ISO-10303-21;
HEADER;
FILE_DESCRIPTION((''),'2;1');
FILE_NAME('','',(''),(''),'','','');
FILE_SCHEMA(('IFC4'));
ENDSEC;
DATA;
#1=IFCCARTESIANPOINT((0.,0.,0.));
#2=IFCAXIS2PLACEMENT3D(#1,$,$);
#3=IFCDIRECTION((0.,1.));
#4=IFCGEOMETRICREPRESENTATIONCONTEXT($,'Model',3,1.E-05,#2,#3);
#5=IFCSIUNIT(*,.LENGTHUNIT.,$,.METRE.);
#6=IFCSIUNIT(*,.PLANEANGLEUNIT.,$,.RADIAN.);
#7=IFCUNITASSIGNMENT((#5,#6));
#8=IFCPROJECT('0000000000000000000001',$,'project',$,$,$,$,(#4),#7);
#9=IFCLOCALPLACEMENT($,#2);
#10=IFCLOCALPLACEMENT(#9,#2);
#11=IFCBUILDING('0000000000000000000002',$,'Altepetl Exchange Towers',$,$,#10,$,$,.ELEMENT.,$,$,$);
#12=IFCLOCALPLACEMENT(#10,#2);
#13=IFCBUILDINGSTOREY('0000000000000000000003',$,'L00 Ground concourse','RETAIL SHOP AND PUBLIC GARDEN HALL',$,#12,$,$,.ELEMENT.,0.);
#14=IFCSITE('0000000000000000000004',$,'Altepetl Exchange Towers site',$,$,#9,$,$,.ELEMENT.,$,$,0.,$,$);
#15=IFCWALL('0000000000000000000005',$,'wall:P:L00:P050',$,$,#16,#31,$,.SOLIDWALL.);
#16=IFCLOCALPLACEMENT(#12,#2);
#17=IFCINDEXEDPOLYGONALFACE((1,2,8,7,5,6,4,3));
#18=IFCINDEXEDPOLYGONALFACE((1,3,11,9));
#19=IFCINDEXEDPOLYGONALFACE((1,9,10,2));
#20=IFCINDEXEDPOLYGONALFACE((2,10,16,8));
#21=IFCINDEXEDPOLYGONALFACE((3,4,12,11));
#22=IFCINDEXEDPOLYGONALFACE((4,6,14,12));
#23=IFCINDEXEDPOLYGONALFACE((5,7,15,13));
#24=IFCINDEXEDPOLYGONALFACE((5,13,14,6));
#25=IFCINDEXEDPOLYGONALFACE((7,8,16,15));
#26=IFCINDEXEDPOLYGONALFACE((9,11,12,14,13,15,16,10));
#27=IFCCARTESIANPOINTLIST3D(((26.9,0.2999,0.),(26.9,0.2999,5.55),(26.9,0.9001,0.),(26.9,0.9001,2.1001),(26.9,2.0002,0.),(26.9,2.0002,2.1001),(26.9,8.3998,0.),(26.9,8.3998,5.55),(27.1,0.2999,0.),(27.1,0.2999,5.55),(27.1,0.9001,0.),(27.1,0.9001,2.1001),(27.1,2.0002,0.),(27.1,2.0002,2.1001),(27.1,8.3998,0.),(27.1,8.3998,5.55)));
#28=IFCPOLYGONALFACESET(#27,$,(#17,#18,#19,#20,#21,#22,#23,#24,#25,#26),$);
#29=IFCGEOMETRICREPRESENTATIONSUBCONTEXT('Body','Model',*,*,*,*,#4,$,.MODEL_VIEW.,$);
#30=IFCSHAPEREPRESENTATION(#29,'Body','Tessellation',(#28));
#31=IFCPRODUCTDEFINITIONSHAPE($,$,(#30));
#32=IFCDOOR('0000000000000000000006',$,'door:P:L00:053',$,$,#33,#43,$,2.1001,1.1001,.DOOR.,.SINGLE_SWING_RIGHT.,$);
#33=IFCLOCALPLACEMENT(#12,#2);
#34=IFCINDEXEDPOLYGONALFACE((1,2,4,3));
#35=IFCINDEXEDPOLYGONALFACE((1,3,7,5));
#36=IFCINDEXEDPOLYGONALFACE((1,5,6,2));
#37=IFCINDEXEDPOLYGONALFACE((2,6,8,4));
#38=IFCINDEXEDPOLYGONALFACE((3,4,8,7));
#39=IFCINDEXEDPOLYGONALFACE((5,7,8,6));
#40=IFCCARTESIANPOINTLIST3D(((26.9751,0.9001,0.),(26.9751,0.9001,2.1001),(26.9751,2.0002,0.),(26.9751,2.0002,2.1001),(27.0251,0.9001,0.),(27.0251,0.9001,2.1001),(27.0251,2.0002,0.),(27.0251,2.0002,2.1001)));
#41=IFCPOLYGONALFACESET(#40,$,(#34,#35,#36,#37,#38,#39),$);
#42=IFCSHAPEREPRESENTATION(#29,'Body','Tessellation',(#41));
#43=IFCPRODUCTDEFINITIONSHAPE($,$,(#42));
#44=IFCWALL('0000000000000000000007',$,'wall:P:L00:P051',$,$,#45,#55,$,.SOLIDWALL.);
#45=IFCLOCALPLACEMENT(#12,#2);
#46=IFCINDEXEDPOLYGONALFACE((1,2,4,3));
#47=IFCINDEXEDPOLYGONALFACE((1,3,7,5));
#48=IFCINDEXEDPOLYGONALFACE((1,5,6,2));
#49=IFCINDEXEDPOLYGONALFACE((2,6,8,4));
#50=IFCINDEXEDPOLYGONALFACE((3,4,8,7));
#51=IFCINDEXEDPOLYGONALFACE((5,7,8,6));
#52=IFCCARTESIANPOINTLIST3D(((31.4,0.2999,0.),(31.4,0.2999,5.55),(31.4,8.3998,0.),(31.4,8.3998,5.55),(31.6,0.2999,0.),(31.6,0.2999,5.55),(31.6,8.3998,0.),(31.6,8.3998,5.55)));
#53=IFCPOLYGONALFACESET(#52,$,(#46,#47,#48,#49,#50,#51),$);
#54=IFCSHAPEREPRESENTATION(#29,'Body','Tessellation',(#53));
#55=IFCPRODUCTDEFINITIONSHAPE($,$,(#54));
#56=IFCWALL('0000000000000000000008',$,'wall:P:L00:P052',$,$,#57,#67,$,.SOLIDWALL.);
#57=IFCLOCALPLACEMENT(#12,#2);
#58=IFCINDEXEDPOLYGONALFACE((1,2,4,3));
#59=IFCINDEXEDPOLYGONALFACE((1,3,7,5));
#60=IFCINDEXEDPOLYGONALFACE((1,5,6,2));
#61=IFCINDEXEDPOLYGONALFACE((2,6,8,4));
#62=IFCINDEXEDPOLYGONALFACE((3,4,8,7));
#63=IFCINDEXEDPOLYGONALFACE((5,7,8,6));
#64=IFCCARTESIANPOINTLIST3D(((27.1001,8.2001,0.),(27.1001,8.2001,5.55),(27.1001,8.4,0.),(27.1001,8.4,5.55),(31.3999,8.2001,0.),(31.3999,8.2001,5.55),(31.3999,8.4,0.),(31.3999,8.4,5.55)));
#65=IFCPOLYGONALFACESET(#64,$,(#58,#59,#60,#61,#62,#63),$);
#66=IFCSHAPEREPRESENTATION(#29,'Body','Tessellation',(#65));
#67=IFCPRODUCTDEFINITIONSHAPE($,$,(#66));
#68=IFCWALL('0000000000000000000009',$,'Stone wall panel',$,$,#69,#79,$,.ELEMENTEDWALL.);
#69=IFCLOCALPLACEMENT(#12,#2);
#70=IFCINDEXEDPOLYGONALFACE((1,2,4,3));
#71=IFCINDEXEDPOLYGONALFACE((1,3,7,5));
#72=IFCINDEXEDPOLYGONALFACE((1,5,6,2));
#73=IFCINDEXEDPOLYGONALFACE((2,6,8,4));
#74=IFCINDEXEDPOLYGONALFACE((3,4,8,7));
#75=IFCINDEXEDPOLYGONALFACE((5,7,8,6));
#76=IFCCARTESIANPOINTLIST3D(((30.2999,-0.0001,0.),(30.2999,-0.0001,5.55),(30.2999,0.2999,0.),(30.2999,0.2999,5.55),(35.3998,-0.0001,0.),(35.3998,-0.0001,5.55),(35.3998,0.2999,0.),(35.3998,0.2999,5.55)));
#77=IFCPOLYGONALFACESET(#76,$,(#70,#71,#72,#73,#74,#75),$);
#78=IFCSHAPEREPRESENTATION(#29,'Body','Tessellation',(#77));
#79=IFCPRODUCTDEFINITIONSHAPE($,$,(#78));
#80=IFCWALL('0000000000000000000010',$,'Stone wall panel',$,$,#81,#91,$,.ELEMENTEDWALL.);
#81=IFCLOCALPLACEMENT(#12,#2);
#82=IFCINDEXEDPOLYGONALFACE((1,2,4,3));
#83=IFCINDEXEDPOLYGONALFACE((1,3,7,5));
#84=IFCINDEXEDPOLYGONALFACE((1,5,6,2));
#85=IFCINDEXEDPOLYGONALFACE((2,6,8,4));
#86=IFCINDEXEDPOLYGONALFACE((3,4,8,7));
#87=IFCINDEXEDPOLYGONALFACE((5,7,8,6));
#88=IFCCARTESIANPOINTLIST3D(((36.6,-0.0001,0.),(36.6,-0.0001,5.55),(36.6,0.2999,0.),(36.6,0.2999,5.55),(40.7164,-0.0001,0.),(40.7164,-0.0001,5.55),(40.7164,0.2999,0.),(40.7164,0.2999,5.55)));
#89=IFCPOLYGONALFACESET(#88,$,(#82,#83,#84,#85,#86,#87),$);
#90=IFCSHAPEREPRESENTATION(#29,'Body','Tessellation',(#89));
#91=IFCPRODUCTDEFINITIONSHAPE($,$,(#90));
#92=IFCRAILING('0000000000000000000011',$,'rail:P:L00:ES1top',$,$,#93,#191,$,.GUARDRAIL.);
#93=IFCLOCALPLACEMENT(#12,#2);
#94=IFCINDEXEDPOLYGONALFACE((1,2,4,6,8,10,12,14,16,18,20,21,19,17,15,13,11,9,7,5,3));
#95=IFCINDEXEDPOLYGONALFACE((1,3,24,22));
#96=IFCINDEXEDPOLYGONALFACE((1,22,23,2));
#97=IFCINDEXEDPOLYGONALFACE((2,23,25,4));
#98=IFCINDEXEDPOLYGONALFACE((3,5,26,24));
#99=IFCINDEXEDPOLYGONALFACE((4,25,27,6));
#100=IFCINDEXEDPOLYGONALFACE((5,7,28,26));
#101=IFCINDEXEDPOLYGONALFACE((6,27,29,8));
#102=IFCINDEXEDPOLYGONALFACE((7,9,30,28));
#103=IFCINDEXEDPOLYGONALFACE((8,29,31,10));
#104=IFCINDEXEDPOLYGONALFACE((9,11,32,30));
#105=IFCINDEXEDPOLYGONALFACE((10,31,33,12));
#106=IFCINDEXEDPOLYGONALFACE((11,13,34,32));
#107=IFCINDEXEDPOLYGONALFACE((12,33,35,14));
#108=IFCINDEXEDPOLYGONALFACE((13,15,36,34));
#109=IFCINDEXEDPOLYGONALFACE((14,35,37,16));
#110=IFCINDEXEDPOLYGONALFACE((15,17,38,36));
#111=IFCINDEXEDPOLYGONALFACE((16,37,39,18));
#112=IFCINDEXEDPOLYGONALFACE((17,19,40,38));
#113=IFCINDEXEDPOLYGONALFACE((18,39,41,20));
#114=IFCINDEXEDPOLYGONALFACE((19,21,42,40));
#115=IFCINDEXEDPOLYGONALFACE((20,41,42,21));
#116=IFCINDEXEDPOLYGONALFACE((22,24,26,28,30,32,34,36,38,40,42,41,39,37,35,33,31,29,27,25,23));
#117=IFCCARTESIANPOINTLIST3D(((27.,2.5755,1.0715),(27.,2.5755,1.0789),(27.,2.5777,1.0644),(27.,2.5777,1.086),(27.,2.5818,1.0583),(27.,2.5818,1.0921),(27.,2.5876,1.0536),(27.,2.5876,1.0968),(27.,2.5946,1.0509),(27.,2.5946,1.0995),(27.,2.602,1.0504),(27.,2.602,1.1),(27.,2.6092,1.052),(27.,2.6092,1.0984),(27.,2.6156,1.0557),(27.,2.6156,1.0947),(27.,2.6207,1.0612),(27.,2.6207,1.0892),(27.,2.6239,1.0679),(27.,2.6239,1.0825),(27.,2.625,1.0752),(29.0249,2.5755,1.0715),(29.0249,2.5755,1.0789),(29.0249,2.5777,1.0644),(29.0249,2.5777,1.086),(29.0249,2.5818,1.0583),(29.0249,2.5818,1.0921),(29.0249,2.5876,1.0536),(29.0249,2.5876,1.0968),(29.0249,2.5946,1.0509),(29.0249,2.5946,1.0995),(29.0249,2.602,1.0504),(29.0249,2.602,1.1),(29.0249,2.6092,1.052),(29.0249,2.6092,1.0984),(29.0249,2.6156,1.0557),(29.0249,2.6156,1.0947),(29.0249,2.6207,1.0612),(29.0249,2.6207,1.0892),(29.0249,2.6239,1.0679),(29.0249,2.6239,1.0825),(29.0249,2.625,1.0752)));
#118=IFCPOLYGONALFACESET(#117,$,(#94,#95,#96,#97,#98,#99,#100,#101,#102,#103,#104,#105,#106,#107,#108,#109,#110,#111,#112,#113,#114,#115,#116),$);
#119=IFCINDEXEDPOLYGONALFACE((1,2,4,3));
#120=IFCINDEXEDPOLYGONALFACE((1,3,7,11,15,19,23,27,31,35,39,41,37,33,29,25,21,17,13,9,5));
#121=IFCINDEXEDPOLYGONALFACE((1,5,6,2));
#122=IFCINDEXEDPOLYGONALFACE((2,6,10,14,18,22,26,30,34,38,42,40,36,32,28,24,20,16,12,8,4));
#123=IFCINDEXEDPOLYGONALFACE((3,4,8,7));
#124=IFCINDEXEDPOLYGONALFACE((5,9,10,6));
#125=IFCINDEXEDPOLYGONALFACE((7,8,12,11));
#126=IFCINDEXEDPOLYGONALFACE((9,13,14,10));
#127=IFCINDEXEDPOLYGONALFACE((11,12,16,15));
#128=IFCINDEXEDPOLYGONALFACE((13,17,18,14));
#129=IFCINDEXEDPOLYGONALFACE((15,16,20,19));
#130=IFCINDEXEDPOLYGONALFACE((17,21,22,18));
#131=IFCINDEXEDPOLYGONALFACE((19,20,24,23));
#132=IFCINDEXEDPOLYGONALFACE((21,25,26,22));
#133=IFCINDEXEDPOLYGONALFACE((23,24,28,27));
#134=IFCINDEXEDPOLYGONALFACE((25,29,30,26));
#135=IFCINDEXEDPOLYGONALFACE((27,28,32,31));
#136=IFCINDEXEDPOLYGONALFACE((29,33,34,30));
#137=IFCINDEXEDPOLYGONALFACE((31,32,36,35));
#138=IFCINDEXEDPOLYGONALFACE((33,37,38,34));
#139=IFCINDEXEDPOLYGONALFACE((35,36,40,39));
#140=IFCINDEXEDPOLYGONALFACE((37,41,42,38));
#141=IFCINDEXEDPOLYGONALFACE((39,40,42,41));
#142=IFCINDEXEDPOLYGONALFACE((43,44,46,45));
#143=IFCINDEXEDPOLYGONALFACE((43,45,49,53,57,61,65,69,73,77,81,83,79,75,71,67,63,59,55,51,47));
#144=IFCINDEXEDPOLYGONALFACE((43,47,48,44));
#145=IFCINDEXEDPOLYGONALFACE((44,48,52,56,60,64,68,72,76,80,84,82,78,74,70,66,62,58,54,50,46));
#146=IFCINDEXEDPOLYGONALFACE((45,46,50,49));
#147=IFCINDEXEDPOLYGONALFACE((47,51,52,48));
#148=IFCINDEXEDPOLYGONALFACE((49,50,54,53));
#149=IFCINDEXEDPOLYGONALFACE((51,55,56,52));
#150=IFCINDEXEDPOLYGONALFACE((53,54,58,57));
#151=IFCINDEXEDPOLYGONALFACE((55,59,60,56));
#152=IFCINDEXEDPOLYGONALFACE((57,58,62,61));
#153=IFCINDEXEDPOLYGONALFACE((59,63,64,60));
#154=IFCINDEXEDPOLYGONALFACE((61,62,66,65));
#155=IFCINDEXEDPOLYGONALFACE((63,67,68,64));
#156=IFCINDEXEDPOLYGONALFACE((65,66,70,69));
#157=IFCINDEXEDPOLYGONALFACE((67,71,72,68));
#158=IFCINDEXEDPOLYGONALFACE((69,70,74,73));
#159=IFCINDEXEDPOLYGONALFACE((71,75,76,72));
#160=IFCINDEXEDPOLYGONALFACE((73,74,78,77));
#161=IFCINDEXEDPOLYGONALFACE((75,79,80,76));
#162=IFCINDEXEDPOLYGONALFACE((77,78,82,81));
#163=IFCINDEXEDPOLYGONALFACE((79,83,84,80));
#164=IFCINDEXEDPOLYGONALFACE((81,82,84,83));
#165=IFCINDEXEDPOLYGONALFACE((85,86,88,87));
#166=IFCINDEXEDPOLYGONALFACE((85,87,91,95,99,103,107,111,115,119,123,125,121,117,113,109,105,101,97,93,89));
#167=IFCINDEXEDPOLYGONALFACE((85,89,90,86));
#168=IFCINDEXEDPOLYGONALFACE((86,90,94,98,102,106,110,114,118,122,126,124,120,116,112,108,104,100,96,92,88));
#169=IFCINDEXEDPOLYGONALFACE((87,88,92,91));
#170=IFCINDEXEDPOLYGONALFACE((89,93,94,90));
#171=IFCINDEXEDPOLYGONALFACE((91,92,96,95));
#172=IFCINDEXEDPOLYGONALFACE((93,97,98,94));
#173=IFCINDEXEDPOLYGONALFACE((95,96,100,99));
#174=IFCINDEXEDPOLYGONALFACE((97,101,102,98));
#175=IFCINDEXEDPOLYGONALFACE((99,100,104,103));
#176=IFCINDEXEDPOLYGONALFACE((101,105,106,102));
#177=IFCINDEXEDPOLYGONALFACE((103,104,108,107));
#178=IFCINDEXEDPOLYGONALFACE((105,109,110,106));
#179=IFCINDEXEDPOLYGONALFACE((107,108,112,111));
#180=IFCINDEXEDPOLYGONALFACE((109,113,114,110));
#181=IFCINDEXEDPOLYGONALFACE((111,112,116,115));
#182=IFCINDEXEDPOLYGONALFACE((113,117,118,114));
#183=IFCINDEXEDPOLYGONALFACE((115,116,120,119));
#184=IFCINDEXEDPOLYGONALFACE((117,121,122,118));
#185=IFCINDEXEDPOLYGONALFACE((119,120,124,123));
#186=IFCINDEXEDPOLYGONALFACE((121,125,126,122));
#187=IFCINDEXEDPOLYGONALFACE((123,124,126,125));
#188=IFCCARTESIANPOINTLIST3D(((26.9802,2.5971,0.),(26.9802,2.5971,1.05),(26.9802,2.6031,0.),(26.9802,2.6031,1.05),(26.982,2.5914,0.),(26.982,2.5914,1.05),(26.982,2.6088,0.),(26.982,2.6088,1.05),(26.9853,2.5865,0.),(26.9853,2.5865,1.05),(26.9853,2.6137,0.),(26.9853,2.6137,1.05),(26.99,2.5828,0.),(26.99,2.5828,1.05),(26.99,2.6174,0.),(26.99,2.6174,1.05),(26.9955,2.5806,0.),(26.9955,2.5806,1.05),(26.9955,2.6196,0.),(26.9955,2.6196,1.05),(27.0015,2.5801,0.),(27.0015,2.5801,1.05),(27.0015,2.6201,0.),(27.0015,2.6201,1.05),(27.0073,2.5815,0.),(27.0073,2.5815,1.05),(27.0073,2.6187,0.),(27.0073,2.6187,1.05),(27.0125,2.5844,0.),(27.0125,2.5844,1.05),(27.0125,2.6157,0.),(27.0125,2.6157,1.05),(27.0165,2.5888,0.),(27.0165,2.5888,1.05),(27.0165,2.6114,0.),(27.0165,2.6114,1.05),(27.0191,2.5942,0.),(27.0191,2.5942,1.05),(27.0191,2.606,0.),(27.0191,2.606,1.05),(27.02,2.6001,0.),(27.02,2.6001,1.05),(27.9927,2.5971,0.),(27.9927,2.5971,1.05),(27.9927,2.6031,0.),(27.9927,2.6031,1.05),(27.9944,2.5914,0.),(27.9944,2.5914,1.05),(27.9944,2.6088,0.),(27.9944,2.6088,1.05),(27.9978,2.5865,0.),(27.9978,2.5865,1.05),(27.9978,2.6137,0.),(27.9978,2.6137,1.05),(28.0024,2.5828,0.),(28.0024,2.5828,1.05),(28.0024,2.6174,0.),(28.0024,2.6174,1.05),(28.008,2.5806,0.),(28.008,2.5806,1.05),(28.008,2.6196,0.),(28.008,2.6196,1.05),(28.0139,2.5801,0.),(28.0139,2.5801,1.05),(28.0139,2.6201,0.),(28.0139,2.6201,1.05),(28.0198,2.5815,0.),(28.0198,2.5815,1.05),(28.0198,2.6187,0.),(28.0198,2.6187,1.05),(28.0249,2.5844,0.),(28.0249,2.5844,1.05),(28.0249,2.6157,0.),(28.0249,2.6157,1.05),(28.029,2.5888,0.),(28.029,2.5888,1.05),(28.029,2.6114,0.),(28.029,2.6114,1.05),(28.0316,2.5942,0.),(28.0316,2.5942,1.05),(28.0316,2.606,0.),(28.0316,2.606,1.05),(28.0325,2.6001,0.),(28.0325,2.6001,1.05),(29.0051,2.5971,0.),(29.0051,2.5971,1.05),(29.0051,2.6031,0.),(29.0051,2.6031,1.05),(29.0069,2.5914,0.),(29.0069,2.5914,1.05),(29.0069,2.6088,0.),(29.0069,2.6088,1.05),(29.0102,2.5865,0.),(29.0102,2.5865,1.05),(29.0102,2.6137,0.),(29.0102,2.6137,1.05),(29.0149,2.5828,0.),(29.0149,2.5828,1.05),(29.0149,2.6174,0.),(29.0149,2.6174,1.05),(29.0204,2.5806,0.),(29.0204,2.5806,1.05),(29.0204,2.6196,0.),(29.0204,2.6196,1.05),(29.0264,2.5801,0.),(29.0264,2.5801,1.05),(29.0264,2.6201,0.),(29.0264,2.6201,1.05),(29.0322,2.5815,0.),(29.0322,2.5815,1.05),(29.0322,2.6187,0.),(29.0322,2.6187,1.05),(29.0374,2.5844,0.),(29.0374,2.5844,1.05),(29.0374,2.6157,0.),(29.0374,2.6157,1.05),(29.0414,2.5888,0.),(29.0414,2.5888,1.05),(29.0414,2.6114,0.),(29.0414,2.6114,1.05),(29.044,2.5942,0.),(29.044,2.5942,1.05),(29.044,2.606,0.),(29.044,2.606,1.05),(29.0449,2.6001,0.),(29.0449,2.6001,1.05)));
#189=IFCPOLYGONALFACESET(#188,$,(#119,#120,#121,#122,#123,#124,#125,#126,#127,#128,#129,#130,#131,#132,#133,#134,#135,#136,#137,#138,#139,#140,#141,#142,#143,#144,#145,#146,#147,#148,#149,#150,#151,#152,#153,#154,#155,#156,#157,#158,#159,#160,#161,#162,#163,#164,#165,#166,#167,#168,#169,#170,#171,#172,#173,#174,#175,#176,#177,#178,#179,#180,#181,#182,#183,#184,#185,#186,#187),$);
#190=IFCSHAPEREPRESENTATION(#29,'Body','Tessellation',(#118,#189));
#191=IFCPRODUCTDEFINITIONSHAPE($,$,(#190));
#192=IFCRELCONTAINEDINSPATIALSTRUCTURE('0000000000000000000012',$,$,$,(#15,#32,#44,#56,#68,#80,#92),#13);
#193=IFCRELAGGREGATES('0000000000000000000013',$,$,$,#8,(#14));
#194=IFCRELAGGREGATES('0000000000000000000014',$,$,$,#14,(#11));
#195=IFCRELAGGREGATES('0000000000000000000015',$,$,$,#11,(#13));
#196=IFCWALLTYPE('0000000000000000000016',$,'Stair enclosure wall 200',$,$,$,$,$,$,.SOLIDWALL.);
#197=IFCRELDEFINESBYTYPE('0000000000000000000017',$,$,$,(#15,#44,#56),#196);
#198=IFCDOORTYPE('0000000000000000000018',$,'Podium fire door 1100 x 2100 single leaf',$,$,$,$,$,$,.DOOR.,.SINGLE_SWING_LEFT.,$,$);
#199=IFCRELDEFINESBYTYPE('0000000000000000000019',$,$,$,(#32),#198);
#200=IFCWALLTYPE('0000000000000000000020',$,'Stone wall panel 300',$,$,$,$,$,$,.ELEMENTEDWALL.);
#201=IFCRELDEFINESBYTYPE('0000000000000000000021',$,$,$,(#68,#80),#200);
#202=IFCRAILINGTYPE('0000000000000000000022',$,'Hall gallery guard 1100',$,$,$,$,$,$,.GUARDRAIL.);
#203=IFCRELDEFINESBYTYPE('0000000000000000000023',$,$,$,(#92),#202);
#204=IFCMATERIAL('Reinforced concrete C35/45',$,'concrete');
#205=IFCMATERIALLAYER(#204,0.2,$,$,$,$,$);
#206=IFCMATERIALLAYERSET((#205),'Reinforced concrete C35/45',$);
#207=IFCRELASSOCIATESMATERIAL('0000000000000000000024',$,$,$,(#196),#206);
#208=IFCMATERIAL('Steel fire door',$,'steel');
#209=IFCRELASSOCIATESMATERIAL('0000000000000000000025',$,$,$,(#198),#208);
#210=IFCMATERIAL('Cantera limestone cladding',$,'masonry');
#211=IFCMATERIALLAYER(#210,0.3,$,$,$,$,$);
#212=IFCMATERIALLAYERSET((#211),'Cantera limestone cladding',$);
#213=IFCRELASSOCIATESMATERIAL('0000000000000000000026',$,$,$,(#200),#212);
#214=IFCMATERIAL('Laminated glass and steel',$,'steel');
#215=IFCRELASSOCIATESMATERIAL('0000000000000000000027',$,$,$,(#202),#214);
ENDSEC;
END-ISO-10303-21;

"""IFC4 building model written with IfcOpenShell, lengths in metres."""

from ifc_helpers import new_model, si_unit, direction, frame, frame_2d, origin, origin_2d, place, context, subcontext, project, spatial, rectangle, circle, extrude, source, transform, mapped, material, layer, layer_set, type_object, element, fill, save


model = new_model("IFC4")

# Units and contexts
model_context = context("Model", 3, precision=1e-05, world=origin(), true_north=direction((0.0, 1.0)))
body_context = subcontext(model_context, "Body", "Model", "MODEL_VIEW")
ifc_project = project(units=[si_unit("LENGTHUNIT", "METRE"), si_unit("PLANEANGLEUNIT", "RADIAN")], contexts=[model_context])

# Site, building, storey
site_placement = place(None, origin())
site = spatial("IfcSite", under=ifc_project, at=site_placement, Name="Altepetl Exchange Towers site", CompositionType="ELEMENT", RefElevation=0.0)
building_placement = place(site_placement, origin())
building = spatial("IfcBuilding", under=site, at=building_placement, Name="Altepetl Exchange Towers", CompositionType="ELEMENT")
storey_placement = place(building_placement, origin())
storey = spatial("IfcBuildingStorey", under=building, at=storey_placement, Name="L00 Ground concourse", Description="RETAIL SHOP AND PUBLIC GARDEN HALL", CompositionType="ELEMENT", Elevation=0.0)

# Wall, opening, door
ifc_material_1 = material(Name="Reinforced concrete C35/45", Category="concrete")
ifc_layer_1 = layer(ifc_material_1, 0.2)
ifc_layer_set_1 = layer_set([ifc_layer_1], Name="Reinforced concrete C35/45")
wall_type_1 = type_object("IfcWallType", Name="Stair enclosure wall 200", PredefinedType="SOLIDWALL", material=ifc_layer_set_1)
wall_1_placement = place(storey_placement, frame((27.0, 0.3, 0.0), z_axis=(0.0, 0.0, 1.0), x_axis=(0.0, 1.0, 0.0)))
wall_1 = element("IfcWall", 1, at=wall_1_placement, inside=storey, type_object=wall_type_1, Name="wall:P:L00:P050", PredefinedType="SOLIDWALL", context=body_context, shape_type="SweptSolid", body=[
    extrude(rectangle(XDim=8.0999, YDim=0.2, at=frame_2d((4.0498, 0.0))), origin(), (0.0, 0.0, 1.0), 5.55),
])
opening_1_placement = place(wall_1_placement, frame((0.6001, 0.0, 0.0)))
opening_1 = element("IfcOpeningElement", 2, at=opening_1_placement, cuts=wall_1, PredefinedType="OPENING", context=body_context, shape_type="SweptSolid", body=[
    extrude(rectangle(XDim=1.1001, YDim=2.1001, at=frame_2d((0.55, 1.05))), frame((0.0, 0.1099, 0.0), z_axis=(0.0, -1.0, 0.0), x_axis=(1.0, 0.0, 0.0)), (0.0, 0.0, 1.0), 0.22),
])
ifc_material_2 = material(Name="Steel fire door", Category="steel")
door_type_1 = type_object("IfcDoorType", Name="Podium fire door 1100 x 2100 single leaf", OperationType="SINGLE_SWING_LEFT", PredefinedType="DOOR", material=ifc_material_2)
door_1_placement = place(opening_1_placement, origin())
door_1 = element("IfcDoor", 3, at=door_1_placement, inside=storey, type_object=door_type_1, Name="door:P:L00:053", OperationType="SINGLE_SWING_RIGHT", OverallHeight=2.1001, OverallWidth=1.1001, PredefinedType="DOOR", context=body_context, shape_type="SweptSolid", body=[
    extrude(rectangle(XDim=1.1001, YDim=2.1001, at=frame_2d((0.55, 1.05))), frame((0.0, 0.0249, 0.0), z_axis=(0.0, -1.0, 0.0), x_axis=(1.0, 0.0, 0.0)), (0.0, 0.0, 1.0), 0.05),
])
fill(opening_1, door_1)

# Walls
wall_2_placement = place(storey_placement, frame((31.5, 0.3, 0.0), z_axis=(0.0, 0.0, 1.0), x_axis=(0.0, 1.0, 0.0)))
element("IfcWall", 4, at=wall_2_placement, inside=storey, type_object=wall_type_1, Name="wall:P:L00:P051", PredefinedType="SOLIDWALL", context=body_context, shape_type="SweptSolid", body=[
    extrude(rectangle(XDim=8.0999, YDim=0.2, at=frame_2d((4.0498, 0.0))), origin(), (0.0, 0.0, 1.0), 5.55),
])
wall_3_placement = place(storey_placement, frame((27.1001, 8.3, 0.0)))
element("IfcWall", 5, at=wall_3_placement, inside=storey, type_object=wall_type_1, Name="wall:P:L00:P052", PredefinedType="SOLIDWALL", context=body_context, shape_type="SweptSolid", body=[
    extrude(rectangle(XDim=4.2998, YDim=0.2, at=frame_2d((2.1499, 0.0))), origin(), (0.0, 0.0, 1.0), 5.55),
])

# Shared definitions
ifc_material_3 = material(Name="Cantera limestone cladding", Category="masonry")
ifc_layer_2 = layer(ifc_material_3, 0.3)
ifc_layer_set_2 = layer_set([ifc_layer_2], Name="Cantera limestone cladding")
wall_type_2 = type_object("IfcWallType", Name="Stone wall panel 300", PredefinedType="ELEMENTEDWALL", material=ifc_layer_set_2)

# Walls
wall_4_placement = place(storey_placement, frame((30.3, 0.1499, 0.0)))
element("IfcWall", 6, at=wall_4_placement, inside=storey, type_object=wall_type_2, Name="Stone wall panel", PredefinedType="ELEMENTEDWALL", context=body_context, shape_type="SweptSolid", body=[
    extrude(rectangle(XDim=5.0999, YDim=0.3, at=frame_2d((2.5498, 0.0))), origin(), (0.0, 0.0, 1.0), 5.55),
])
wall_5_placement = place(storey_placement, frame((36.6001, 0.1499, 0.0)))
element("IfcWall", 7, at=wall_5_placement, inside=storey, type_object=wall_type_2, Name="Stone wall panel", PredefinedType="ELEMENTEDWALL", context=body_context, shape_type="SweptSolid", body=[
    extrude(rectangle(XDim=4.1165, YDim=0.3, at=frame_2d((2.0581, 0.0))), origin(), (0.0, 0.0, 1.0), 5.55),
])

# Railing
ifc_material_4 = material(Name="Laminated glass and steel", Category="steel")
railing_type = type_object("IfcRailingType", Name="Hall gallery guard 1100", PredefinedType="GUARDRAIL", material=ifc_material_4)
shared_shape = source(origin(), body_context, "Body", "SweptSolid", [
    extrude(circle(Radius=0.02, at=origin_2d()), origin(), (0.0, 0.0, 1.0), 1.05),
])
railing_1_placement = place(storey_placement, frame((27.0, 2.6001, 0.0)))
element("IfcRailing", 8, at=railing_1_placement, inside=storey, type_object=railing_type, Name="rail:P:L00:ES1top", PredefinedType="GUARDRAIL", context=body_context, shape_type="SweptSolid", body=[
    extrude(circle(Radius=0.0249, at=origin_2d()), frame((0.0, 0.0, 1.0752), z_axis=(1.0, 0.0, 0.0), x_axis=(0.0, 1.0, 0.0)), (0.0, 0.0, 1.0), 2.0249),
    mapped(shared_shape, transform((0.0, 0.0, 0.0))),
    mapped(shared_shape, transform((1.0125, 0.0, 0.0))),
    mapped(shared_shape, transform((2.0249, 0.0, 0.0))),
])

save(model, "model.ifc")
